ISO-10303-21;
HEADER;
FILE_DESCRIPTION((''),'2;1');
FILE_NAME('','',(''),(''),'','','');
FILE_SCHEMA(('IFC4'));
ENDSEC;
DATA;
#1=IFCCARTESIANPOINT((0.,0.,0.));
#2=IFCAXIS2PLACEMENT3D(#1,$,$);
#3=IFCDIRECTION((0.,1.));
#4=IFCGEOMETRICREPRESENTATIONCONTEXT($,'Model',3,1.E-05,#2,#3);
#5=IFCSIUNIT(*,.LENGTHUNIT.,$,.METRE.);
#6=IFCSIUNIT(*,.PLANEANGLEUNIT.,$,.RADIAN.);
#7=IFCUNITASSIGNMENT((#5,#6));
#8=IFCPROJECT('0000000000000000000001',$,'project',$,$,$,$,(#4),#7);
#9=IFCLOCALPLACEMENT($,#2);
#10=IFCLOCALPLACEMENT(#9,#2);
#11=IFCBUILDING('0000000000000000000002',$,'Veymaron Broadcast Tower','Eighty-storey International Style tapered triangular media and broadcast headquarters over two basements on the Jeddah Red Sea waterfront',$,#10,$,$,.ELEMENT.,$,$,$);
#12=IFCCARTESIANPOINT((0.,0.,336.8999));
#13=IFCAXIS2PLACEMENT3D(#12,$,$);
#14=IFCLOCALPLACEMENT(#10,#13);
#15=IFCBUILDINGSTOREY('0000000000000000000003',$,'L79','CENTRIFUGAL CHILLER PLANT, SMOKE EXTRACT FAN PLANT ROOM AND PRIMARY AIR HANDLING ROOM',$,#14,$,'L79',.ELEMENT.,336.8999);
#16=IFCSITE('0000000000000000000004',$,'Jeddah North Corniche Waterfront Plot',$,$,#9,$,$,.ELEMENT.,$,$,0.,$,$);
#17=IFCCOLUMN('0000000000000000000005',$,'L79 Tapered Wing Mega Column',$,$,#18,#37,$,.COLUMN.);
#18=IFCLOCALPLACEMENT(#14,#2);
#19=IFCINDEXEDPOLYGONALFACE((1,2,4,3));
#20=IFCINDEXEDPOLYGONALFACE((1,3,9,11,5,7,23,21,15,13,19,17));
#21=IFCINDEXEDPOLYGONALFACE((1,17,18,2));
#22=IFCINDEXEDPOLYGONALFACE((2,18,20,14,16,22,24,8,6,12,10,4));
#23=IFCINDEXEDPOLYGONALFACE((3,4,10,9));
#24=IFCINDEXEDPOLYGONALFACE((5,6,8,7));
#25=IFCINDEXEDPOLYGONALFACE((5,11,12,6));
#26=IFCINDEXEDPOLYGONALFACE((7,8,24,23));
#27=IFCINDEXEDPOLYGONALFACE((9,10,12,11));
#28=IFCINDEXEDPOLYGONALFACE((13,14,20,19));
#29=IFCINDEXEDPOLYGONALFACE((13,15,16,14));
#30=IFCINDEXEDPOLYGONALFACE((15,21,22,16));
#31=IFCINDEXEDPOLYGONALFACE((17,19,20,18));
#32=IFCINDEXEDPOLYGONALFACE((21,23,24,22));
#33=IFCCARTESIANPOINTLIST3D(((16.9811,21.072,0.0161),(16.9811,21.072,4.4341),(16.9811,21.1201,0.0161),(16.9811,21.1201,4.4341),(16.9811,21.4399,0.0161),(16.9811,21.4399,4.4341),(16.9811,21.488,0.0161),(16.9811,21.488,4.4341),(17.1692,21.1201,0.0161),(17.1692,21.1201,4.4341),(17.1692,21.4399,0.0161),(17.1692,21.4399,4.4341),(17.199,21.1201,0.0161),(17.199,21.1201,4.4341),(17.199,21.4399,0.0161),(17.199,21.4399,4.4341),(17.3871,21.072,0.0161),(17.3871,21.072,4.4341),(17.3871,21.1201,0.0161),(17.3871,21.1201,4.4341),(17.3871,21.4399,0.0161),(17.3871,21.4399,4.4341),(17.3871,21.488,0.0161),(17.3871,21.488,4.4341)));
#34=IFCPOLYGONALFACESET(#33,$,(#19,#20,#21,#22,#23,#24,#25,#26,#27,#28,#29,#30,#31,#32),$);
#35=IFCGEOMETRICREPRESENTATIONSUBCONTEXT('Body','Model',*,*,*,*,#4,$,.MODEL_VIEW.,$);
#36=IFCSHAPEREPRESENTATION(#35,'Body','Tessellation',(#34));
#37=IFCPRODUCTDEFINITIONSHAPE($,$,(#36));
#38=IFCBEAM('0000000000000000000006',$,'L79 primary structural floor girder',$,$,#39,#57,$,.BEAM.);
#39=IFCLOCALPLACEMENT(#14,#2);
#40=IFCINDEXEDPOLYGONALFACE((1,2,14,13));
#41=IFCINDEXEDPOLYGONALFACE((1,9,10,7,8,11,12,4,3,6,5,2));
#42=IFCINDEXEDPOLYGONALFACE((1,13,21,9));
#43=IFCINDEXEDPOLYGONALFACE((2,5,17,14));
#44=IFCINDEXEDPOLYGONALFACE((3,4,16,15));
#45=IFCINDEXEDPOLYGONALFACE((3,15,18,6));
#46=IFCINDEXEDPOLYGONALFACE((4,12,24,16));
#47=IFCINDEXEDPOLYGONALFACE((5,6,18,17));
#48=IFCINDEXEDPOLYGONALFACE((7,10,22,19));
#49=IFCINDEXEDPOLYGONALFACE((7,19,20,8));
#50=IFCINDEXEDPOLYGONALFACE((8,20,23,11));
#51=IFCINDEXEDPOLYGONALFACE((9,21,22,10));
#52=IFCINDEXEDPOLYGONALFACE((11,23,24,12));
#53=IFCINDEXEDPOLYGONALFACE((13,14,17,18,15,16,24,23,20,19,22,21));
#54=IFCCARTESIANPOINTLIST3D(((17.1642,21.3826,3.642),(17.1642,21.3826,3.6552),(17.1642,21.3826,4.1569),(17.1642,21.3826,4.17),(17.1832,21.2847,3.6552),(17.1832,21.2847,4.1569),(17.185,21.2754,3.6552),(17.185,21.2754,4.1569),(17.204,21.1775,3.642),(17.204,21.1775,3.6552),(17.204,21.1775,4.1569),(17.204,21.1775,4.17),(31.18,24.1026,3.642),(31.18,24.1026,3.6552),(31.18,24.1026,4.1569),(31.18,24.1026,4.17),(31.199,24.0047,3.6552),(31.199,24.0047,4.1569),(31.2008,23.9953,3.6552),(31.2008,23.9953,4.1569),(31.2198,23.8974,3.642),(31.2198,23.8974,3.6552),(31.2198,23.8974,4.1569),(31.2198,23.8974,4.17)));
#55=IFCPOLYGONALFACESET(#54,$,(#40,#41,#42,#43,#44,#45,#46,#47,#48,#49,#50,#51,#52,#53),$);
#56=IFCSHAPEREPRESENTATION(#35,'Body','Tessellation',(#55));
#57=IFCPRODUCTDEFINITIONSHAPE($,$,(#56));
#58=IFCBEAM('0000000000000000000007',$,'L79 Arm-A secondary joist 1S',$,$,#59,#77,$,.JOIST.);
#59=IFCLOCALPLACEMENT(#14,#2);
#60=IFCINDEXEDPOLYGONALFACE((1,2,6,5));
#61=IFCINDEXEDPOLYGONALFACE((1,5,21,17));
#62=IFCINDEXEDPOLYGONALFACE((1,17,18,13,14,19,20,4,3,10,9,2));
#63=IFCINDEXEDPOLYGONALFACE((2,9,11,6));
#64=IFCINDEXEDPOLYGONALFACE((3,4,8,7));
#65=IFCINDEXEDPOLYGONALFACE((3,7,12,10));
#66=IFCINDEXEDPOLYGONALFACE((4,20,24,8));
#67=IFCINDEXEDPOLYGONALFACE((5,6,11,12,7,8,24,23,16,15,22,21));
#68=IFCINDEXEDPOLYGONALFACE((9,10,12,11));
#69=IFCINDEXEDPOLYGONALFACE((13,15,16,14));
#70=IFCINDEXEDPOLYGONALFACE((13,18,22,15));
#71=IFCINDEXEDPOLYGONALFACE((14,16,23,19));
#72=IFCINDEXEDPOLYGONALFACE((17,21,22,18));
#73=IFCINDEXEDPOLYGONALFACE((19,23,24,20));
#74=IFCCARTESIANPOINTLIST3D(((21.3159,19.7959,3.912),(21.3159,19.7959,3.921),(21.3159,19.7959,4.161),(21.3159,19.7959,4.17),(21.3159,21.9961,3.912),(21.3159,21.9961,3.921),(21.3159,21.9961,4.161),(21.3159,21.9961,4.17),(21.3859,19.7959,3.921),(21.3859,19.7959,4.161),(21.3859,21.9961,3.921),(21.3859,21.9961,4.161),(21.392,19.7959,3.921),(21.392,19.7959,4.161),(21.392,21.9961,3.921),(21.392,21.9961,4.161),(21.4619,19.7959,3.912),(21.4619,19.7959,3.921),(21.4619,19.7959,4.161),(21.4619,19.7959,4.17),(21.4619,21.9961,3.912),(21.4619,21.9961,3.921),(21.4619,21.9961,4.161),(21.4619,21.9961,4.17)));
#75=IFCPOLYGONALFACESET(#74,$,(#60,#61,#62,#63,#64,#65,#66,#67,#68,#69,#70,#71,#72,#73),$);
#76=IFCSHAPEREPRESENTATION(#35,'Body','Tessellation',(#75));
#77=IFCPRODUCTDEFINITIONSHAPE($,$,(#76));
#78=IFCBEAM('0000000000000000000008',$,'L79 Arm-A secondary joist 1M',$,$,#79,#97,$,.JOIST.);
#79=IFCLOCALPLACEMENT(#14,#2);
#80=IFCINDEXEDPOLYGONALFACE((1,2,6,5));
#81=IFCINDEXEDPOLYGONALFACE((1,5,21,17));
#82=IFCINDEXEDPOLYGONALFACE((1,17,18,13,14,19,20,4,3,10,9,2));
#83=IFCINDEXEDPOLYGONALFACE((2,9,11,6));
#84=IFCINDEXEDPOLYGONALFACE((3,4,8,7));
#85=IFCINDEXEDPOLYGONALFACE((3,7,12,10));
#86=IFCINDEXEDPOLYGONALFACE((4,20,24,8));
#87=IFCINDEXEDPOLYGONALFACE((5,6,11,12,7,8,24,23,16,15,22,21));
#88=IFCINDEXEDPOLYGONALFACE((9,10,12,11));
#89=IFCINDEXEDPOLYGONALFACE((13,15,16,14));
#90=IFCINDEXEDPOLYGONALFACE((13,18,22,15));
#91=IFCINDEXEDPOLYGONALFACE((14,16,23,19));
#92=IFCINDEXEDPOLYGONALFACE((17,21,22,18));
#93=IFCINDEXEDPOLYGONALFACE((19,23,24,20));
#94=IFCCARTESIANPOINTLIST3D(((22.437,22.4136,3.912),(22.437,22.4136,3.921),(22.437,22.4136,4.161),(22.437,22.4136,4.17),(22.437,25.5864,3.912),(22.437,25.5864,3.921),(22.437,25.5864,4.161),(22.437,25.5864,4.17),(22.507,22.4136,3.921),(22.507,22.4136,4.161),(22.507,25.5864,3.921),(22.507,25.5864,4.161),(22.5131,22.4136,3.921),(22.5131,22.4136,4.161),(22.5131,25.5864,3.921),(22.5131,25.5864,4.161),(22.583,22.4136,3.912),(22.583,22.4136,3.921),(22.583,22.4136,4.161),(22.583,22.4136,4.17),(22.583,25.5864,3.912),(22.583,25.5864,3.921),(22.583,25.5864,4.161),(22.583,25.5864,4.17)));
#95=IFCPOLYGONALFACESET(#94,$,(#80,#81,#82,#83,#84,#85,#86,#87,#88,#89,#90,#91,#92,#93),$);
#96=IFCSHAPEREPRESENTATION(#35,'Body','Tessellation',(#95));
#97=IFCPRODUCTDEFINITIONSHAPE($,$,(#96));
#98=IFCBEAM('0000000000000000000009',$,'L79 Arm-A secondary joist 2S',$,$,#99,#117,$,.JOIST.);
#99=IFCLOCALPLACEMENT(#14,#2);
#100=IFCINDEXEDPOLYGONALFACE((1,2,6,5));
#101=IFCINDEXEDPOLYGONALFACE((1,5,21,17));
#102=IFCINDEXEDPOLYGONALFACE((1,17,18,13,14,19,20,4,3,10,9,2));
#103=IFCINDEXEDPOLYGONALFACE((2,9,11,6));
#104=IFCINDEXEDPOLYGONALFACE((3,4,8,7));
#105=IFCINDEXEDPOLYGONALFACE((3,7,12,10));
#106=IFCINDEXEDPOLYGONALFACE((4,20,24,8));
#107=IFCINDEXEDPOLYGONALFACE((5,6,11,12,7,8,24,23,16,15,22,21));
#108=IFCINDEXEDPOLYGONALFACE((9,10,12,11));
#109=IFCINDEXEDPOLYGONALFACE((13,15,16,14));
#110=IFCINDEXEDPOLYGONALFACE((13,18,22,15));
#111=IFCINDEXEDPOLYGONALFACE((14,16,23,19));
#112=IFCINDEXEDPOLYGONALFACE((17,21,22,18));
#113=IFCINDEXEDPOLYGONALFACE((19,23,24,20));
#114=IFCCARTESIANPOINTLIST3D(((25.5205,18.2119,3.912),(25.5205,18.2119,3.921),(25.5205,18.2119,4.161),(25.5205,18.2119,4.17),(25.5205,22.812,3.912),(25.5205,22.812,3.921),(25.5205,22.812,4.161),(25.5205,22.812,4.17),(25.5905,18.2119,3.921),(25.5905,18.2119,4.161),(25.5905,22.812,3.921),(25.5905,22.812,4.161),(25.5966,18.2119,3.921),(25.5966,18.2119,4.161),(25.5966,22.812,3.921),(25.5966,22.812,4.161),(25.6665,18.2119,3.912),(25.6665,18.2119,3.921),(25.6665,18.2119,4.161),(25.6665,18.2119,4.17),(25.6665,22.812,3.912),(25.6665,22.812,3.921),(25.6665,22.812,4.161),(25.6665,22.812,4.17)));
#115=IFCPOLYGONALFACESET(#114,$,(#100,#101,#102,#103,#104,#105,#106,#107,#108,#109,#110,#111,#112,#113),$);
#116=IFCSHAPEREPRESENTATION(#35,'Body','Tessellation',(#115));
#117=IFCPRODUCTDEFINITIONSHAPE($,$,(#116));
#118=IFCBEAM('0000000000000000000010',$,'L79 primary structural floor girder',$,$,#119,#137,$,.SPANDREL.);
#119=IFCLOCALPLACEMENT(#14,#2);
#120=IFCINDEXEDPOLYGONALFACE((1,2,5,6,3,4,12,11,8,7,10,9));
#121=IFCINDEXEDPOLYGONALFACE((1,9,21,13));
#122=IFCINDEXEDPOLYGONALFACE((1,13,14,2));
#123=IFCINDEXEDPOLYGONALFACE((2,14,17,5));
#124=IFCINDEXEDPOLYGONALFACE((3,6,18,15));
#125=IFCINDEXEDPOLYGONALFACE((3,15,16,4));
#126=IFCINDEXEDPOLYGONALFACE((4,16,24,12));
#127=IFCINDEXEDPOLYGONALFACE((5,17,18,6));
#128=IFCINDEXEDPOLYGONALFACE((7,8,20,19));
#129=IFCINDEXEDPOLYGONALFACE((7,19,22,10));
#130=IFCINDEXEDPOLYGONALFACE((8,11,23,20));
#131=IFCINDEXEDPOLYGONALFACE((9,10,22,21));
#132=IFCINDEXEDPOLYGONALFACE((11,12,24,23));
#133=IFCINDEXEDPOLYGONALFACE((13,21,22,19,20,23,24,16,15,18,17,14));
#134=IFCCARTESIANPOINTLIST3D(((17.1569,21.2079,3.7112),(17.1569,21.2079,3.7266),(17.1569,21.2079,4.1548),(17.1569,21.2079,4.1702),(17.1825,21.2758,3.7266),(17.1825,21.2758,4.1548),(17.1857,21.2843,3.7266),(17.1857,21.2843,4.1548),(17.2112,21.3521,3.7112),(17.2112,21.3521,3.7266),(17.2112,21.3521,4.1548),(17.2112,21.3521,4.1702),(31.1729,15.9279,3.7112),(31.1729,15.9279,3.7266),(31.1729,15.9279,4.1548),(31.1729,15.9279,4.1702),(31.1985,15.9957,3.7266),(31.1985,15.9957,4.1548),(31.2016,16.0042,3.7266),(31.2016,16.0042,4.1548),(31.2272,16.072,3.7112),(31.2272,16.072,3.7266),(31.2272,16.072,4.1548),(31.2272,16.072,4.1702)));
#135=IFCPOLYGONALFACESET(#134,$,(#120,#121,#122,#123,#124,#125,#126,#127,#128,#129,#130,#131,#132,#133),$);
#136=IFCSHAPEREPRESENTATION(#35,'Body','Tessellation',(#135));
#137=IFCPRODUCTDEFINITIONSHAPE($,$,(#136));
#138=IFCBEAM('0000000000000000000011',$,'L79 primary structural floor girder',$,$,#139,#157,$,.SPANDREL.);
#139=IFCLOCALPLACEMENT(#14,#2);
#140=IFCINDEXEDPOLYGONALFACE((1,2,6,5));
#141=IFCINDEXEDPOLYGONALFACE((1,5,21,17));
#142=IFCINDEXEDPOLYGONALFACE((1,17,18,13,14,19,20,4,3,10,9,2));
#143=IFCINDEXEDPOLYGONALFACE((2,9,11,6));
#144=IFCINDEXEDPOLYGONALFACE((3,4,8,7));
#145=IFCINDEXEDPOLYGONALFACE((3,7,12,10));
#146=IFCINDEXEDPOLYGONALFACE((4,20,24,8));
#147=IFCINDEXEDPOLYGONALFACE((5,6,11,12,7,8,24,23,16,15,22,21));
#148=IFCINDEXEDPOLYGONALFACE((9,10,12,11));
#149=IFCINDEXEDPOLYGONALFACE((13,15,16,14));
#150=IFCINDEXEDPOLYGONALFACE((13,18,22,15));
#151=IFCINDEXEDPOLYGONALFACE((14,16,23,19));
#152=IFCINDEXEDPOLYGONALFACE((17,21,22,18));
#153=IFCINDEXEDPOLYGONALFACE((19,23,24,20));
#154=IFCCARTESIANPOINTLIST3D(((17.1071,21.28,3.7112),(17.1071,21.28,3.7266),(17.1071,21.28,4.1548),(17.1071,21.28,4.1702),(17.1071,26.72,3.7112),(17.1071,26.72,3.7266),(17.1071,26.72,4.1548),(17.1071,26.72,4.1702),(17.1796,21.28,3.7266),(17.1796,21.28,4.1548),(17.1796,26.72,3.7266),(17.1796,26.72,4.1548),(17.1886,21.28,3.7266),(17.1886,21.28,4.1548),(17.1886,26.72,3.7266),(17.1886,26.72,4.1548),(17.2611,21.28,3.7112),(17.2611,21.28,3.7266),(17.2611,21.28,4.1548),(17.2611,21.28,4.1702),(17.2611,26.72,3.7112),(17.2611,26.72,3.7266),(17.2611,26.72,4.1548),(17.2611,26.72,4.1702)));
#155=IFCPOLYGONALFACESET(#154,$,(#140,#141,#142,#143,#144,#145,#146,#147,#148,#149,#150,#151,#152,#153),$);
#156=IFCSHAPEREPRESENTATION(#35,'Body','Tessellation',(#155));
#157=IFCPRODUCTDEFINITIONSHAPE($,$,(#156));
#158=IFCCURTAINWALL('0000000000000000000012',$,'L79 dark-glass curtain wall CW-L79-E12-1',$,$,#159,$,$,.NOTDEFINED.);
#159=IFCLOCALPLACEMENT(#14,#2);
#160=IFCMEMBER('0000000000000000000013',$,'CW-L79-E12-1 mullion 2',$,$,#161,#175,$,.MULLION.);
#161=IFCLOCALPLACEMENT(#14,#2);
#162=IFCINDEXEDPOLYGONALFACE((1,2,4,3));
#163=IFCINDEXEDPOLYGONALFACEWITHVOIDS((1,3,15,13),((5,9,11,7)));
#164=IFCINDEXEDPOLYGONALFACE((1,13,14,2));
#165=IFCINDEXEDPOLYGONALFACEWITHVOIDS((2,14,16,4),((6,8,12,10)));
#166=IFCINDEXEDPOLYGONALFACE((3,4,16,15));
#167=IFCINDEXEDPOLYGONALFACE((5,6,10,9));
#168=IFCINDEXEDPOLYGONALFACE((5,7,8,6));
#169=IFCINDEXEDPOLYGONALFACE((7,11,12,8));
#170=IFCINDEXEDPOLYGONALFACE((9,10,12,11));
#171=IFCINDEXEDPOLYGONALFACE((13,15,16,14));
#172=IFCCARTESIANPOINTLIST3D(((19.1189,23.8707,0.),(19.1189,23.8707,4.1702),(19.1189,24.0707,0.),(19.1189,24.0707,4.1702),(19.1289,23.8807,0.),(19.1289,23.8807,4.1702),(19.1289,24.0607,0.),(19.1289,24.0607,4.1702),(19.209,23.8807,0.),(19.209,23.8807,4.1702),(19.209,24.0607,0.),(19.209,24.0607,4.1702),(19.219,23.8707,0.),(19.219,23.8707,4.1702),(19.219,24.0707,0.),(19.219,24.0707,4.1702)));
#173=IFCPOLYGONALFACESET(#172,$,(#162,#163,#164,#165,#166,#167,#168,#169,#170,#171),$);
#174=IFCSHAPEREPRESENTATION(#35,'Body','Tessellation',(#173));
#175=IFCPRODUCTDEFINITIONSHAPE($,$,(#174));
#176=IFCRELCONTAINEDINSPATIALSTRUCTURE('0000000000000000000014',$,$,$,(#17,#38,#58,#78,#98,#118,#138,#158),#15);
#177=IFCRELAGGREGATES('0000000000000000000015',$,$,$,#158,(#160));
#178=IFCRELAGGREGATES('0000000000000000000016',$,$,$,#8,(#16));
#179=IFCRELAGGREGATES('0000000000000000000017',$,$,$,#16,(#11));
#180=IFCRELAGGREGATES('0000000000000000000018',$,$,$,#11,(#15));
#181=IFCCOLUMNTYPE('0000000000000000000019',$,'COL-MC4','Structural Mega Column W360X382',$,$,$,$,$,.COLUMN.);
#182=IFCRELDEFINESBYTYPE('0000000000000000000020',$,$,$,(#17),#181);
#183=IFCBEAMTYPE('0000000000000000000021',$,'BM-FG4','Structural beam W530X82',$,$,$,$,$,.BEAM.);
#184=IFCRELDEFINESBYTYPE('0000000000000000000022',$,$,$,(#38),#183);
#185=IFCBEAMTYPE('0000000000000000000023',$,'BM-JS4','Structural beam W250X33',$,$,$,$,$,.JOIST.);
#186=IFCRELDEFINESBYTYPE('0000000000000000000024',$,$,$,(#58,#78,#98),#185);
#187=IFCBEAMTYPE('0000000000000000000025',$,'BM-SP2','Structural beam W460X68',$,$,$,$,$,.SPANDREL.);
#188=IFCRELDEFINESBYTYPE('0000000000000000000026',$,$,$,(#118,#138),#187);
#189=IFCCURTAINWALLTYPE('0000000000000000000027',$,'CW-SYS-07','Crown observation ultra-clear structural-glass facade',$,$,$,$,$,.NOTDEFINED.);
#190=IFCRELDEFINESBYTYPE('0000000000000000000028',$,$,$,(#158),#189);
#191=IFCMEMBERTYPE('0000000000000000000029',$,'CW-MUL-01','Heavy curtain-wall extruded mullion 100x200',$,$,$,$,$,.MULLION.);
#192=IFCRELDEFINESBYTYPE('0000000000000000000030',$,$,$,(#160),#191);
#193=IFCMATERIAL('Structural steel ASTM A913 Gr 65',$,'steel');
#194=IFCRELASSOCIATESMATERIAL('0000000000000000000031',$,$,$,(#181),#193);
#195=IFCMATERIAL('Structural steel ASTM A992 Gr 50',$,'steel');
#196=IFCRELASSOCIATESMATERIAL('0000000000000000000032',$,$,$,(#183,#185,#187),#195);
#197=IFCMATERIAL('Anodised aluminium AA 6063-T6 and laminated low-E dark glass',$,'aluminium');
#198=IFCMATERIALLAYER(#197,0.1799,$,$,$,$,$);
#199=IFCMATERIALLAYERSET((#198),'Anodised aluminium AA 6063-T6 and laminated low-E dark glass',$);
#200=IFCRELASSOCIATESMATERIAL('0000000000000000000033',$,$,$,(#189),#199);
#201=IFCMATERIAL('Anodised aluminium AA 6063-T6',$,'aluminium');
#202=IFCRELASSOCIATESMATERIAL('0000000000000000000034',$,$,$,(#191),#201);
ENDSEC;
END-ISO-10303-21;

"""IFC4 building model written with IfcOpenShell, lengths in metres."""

from ifc_helpers import new_model, si_unit, direction, frame, origin, origin_2d, place, context, subcontext, project, spatial, hollow_rectangle, i_section, extrude, material, layer, layer_set, material_profile, profile_set, type_object, element, aggregate, save


model = new_model("IFC4")

# Units and contexts
model_context = context("Model", 3, precision=1e-05, world=origin(), true_north=direction((0.0, 1.0)))
body_context = subcontext(model_context, "Body", "Model", "MODEL_VIEW")
ifc_project = project(units=[si_unit("LENGTHUNIT", "METRE"), si_unit("PLANEANGLEUNIT", "RADIAN")], contexts=[model_context])

# Site, building, storey
site_placement = place(None, origin())
site = spatial("IfcSite", under=ifc_project, at=site_placement, Name="Jeddah North Corniche Waterfront Plot", CompositionType="ELEMENT", RefElevation=0.0)
building_placement = place(site_placement, origin())
building = spatial("IfcBuilding", under=site, at=building_placement, Name="Veymaron Broadcast Tower", Description="Eighty-storey International Style tapered triangular media and broadcast headquarters over two basements on the Jeddah Red Sea waterfront", CompositionType="ELEMENT")
storey_placement = place(building_placement, frame((0.0, 0.0, 336.8999)))
storey = spatial("IfcBuildingStorey", under=building, at=storey_placement, Name="L79", Description="CENTRIFUGAL CHILLER PLANT, SMOKE EXTRACT FAN PLANT ROOM AND PRIMARY AIR HANDLING ROOM", LongName="L79", CompositionType="ELEMENT", Elevation=336.8999)

# Column
ifc_material_1 = material(Name="Structural steel ASTM A913 Gr 65", Category="steel")
ifc_material_profile_1 = material_profile(ifc_material_1, i_section(OverallWidth=0.406, OverallDepth=0.416, WebThickness=0.0298, FlangeThickness=0.0481, at=origin_2d()), Name="W360X382")
ifc_profile_set_1 = profile_set([ifc_material_profile_1], Name="Structural steel ASTM A913 Gr 65")
column_type = type_object("IfcColumnType", Name="COL-MC4", Description="Structural Mega Column W360X382", PredefinedType="COLUMN", material=ifc_profile_set_1)
column_placement = place(storey_placement, frame((17.1841, 21.28, 0.0161), z_axis=(0.0, 0.0, 1.0), x_axis=(1.0, 0.0, 0.0)))
element("IfcColumn", 1, at=column_placement, inside=storey, type_object=column_type, Name="L79 Tapered Wing Mega Column", PredefinedType="COLUMN", context=body_context, shape_type="SweptSolid", body=[
    extrude(i_section(OverallWidth=0.406, OverallDepth=0.416, WebThickness=0.0298, FlangeThickness=0.0481, at=origin_2d()), origin(), (0.0, 0.0, 1.0), 4.418),
])

# Beams
ifc_material_2 = material(Name="Structural steel ASTM A992 Gr 50", Category="steel")
ifc_material_profile_2 = material_profile(ifc_material_2, i_section(OverallWidth=0.209, OverallDepth=0.5281, WebThickness=0.0095, FlangeThickness=0.0132, at=origin_2d()), Name="W530X82")
ifc_profile_set_2 = profile_set([ifc_material_profile_2], Name="Structural steel ASTM A992 Gr 50")
beam_type_1 = type_object("IfcBeamType", Name="BM-FG4", Description="Structural beam W530X82", PredefinedType="BEAM", material=ifc_profile_set_2)
beam_1_placement = place(storey_placement, frame((17.1841, 21.28, 3.906), z_axis=(0.981685, 0.190509, 0.0), x_axis=(-0.190509, 0.981685, 0.0)))
element("IfcBeam", 2, at=beam_1_placement, inside=storey, type_object=beam_type_1, Name="L79 primary structural floor girder", PredefinedType="BEAM", context=body_context, shape_type="SweptSolid", body=[
    extrude(i_section(OverallWidth=0.209, OverallDepth=0.5281, WebThickness=0.0095, FlangeThickness=0.0132, at=origin_2d()), origin(), (0.0, 0.0, 1.0), 14.2773),
])
ifc_material_profile_3 = material_profile(ifc_material_2, i_section(OverallWidth=0.146, OverallDepth=0.2581, WebThickness=0.0061, FlangeThickness=0.009, at=origin_2d()), Name="W250X33")
ifc_profile_set_3 = profile_set([ifc_material_profile_3], Name="Structural steel ASTM A992 Gr 50")
beam_type_2 = type_object("IfcBeamType", Name="BM-JS4", Description="Structural beam W250X33", PredefinedType="JOIST", material=ifc_profile_set_3)
beam_2_placement = place(storey_placement, frame((21.3889, 19.7959, 4.041), z_axis=(0.0, 1.0, 0.0), x_axis=(-1.0, 0.0, 0.0)))
element("IfcBeam", 3, at=beam_2_placement, inside=storey, type_object=beam_type_2, Name="L79 Arm-A secondary joist 1S", PredefinedType="JOIST", context=body_context, shape_type="SweptSolid", body=[
    extrude(i_section(OverallWidth=0.146, OverallDepth=0.2581, WebThickness=0.0061, FlangeThickness=0.009, at=origin_2d()), origin(), (0.0, 0.0, 1.0), 2.2002),
])
beam_3_placement = place(storey_placement, frame((22.51, 22.4136, 4.041), z_axis=(0.0, 1.0, 0.0), x_axis=(-1.0, 0.0, 0.0)))
element("IfcBeam", 4, at=beam_3_placement, inside=storey, type_object=beam_type_2, Name="L79 Arm-A secondary joist 1M", PredefinedType="JOIST", context=body_context, shape_type="SweptSolid", body=[
    extrude(i_section(OverallWidth=0.146, OverallDepth=0.2581, WebThickness=0.0061, FlangeThickness=0.009, at=origin_2d()), origin(), (0.0, 0.0, 1.0), 3.1729),
])
beam_4_placement = place(storey_placement, frame((25.5935, 18.2119, 4.041), z_axis=(0.0, 1.0, 0.0), x_axis=(-1.0, 0.0, 0.0)))
element("IfcBeam", 5, at=beam_4_placement, inside=storey, type_object=beam_type_2, Name="L79 Arm-A secondary joist 2S", PredefinedType="JOIST", context=body_context, shape_type="SweptSolid", body=[
    extrude(i_section(OverallWidth=0.146, OverallDepth=0.2581, WebThickness=0.0061, FlangeThickness=0.009, at=origin_2d()), origin(), (0.0, 0.0, 1.0), 4.6001),
])
ifc_material_profile_4 = material_profile(ifc_material_2, i_section(OverallWidth=0.1541, OverallDepth=0.459, WebThickness=0.009, FlangeThickness=0.0154, at=origin_2d()), Name="W460X68")
ifc_profile_set_4 = profile_set([ifc_material_profile_4], Name="Structural steel ASTM A992 Gr 50")
beam_type_3 = type_object("IfcBeamType", Name="BM-SP2", Description="Structural beam W460X68", PredefinedType="SPANDREL", material=ifc_profile_set_4)
beam_5_placement = place(storey_placement, frame((17.1841, 21.28, 3.9407), z_axis=(0.9358, -0.352532, 0.0), x_axis=(0.352532, 0.9358, 0.0)))
element("IfcBeam", 6, at=beam_5_placement, inside=storey, type_object=beam_type_3, Name="L79 primary structural floor girder", PredefinedType="SPANDREL", context=body_context, shape_type="SweptSolid", body=[
    extrude(i_section(OverallWidth=0.1541, OverallDepth=0.459, WebThickness=0.009, FlangeThickness=0.0154, at=origin_2d()), origin(), (0.0, 0.0, 1.0), 14.9775),
])
beam_6_placement = place(storey_placement, frame((17.1841, 21.28, 3.9407), z_axis=(0.0, 1.0, 0.0), x_axis=(-1.0, 0.0, 0.0)))
element("IfcBeam", 7, at=beam_6_placement, inside=storey, type_object=beam_type_3, Name="L79 primary structural floor girder", PredefinedType="SPANDREL", context=body_context, shape_type="SweptSolid", body=[
    extrude(i_section(OverallWidth=0.1541, OverallDepth=0.459, WebThickness=0.009, FlangeThickness=0.0154, at=origin_2d()), origin(), (0.0, 0.0, 1.0), 5.4399),
])

# Curtain wall, member
ifc_material_3 = material(Name="Anodised aluminium AA 6063-T6 and laminated low-E dark glass", Category="aluminium")
ifc_layer_1 = layer(ifc_material_3, 0.1799)
ifc_layer_set_1 = layer_set([ifc_layer_1], Name="Anodised aluminium AA 6063-T6 and laminated low-E dark glass")
curtain_wall_type = type_object("IfcCurtainWallType", Name="CW-SYS-07", Description="Crown observation ultra-clear structural-glass facade", PredefinedType="NOTDEFINED", material=ifc_layer_set_1)
curtain_wall_1_placement = place(storey_placement, origin())
curtain_wall_1 = element("IfcCurtainWall", 8, at=curtain_wall_1_placement, inside=storey, type_object=curtain_wall_type, Name="L79 dark-glass curtain wall CW-L79-E12-1", PredefinedType="NOTDEFINED")
ifc_material_4 = material(Name="Anodised aluminium AA 6063-T6", Category="aluminium")
ifc_material_profile_5 = material_profile(ifc_material_4, hollow_rectangle(XDim=0.1001, YDim=0.2, WallThickness=0.01, at=origin_2d()), Name="RHS200X100X10")
ifc_profile_set_5 = profile_set([ifc_material_profile_5], Name="Anodised aluminium AA 6063-T6")
member_type_1 = type_object("IfcMemberType", Name="CW-MUL-01", Description="Heavy curtain-wall extruded mullion 100x200", PredefinedType="MULLION", material=ifc_profile_set_5)
member_1_placement = place(storey_placement, frame((19.1689, 23.9707, 0.0), z_axis=(0.0, 0.0, 1.0), x_axis=(1.0, 0.0, 0.0)))
member_1 = element("IfcMember", 9, at=member_1_placement, type_object=member_type_1, Name="CW-L79-E12-1 mullion 2", PredefinedType="MULLION", context=body_context, shape_type="SweptSolid", body=[
    extrude(hollow_rectangle(XDim=0.1001, YDim=0.2, WallThickness=0.01, at=origin_2d()), origin(), (0.0, 0.0, 1.0), 4.1702),
])
aggregate(curtain_wall_1, [member_1])

save(model, "model.ifc")
